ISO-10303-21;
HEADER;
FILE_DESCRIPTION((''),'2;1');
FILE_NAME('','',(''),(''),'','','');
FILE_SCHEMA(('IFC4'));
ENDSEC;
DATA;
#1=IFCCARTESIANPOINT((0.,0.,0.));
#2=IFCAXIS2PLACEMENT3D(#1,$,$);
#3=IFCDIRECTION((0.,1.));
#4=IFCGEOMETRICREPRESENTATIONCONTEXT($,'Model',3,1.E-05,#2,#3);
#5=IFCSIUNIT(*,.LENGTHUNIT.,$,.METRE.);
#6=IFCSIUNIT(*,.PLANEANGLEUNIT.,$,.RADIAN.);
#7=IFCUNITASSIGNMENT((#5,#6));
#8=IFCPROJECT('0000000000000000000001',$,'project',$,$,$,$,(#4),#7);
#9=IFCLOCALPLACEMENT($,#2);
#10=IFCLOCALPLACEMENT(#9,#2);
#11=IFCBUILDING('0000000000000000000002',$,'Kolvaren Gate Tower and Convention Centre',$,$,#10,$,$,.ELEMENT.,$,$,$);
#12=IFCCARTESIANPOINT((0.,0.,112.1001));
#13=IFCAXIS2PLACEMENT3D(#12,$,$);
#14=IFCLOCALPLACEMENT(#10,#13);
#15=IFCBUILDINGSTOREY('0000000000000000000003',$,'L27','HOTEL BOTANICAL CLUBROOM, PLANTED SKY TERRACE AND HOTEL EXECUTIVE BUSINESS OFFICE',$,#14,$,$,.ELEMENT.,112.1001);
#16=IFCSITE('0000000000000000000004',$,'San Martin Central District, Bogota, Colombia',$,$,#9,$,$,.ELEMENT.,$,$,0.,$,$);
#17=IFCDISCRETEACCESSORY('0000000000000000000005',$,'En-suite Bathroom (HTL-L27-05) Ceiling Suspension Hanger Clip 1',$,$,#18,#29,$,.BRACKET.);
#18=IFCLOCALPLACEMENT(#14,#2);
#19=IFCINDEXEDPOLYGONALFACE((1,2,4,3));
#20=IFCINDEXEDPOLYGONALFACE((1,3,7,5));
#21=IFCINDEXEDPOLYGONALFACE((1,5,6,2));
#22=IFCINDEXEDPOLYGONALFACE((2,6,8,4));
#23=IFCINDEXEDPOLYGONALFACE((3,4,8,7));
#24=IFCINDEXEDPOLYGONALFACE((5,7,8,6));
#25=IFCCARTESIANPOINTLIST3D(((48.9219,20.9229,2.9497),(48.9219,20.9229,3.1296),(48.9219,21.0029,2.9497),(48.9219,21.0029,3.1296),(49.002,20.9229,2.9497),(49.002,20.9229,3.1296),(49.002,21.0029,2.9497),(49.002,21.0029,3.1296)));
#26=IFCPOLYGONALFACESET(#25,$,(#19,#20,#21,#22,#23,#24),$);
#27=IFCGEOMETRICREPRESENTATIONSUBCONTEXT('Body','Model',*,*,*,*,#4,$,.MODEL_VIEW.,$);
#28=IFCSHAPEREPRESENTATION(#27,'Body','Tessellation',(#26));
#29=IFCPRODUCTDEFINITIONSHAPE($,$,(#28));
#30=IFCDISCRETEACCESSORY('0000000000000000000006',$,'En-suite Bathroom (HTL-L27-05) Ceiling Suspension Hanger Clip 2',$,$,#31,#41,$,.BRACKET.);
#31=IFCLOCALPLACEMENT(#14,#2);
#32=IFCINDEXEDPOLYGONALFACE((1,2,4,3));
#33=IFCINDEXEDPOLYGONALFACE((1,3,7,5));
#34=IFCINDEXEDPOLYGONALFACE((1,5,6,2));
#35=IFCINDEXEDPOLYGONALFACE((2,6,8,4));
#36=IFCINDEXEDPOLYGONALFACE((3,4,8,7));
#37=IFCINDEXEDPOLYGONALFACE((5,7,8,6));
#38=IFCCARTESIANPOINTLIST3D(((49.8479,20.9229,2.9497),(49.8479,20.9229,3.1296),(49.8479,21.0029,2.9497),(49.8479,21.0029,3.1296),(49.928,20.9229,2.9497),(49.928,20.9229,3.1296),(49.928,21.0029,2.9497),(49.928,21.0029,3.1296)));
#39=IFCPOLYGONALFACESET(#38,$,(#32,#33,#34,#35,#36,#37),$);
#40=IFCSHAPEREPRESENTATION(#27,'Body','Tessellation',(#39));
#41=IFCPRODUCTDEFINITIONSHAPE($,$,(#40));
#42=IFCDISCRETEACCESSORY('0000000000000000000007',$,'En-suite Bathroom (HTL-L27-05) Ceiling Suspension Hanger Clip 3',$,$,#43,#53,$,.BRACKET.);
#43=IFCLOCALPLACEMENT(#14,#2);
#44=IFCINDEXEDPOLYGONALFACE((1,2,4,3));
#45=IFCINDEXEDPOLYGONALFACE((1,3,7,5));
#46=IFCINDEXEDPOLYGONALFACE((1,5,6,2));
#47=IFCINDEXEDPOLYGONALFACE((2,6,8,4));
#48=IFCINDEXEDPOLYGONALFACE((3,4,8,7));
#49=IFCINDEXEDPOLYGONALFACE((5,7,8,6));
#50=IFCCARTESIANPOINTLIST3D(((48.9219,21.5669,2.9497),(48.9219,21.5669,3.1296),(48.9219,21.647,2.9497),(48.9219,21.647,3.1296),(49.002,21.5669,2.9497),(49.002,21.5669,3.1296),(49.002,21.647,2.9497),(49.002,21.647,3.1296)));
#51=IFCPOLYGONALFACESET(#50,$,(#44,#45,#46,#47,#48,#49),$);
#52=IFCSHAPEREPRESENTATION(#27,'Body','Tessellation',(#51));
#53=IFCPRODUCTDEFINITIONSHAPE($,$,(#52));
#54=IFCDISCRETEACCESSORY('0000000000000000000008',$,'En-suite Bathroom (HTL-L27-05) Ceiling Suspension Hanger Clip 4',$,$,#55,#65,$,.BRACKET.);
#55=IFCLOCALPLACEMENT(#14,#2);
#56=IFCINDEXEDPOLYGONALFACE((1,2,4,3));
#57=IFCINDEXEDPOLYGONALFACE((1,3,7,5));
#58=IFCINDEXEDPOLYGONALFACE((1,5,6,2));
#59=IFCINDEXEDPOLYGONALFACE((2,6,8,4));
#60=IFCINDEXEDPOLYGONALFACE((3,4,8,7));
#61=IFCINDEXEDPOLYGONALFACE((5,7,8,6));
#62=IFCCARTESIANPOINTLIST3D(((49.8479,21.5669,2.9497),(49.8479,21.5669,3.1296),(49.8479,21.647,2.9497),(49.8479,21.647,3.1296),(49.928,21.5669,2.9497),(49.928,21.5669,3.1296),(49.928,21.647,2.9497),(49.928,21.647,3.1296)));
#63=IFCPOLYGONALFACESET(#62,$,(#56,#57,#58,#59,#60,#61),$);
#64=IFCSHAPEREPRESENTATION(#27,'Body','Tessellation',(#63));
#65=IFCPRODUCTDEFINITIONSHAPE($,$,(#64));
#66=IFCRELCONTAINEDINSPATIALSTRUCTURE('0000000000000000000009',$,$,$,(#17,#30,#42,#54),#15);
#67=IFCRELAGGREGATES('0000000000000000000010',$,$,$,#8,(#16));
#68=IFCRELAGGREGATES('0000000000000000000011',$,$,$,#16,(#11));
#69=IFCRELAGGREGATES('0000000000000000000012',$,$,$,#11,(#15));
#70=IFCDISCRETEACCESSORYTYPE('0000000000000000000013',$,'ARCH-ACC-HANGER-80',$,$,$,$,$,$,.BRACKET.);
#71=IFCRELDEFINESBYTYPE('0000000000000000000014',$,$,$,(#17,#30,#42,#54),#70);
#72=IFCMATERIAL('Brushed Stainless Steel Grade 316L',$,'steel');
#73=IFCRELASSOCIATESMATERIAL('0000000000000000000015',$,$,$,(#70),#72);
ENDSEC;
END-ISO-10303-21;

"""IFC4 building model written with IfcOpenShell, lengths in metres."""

from ifc_helpers import new_model, si_unit, direction, frame, origin, origin_2d, place, context, subcontext, project, spatial, rectangle, extrude, material, type_object, element, save


model = new_model("IFC4")

# Units and contexts
model_context = context("Model", 3, precision=1e-05, world=origin(), true_north=direction((0.0, 1.0)))
body_context = subcontext(model_context, "Body", "Model", "MODEL_VIEW")
ifc_project = project(units=[si_unit("LENGTHUNIT", "METRE"), si_unit("PLANEANGLEUNIT", "RADIAN")], contexts=[model_context])

# Site, building, storey
site_placement = place(None, origin())
site = spatial("IfcSite", under=ifc_project, at=site_placement, Name="San Martin Central District, Bogota, Colombia", CompositionType="ELEMENT", RefElevation=0.0)
building_placement = place(site_placement, origin())
building = spatial("IfcBuilding", under=site, at=building_placement, Name="Kolvaren Gate Tower and Convention Centre", CompositionType="ELEMENT")
storey_placement = place(building_placement, frame((0.0, 0.0, 112.1001)))
storey = spatial("IfcBuildingStorey", under=building, at=storey_placement, Name="L27", Description="HOTEL BOTANICAL CLUBROOM, PLANTED SKY TERRACE AND HOTEL EXECUTIVE BUSINESS OFFICE", CompositionType="ELEMENT", Elevation=112.1001)

# Shared definitions
ifc_material_1 = material(Name="Brushed Stainless Steel Grade 316L", Category="steel")

# Discrete accessories
discrete_accessory_type_1 = type_object("IfcDiscreteAccessoryType", Name="ARCH-ACC-HANGER-80", PredefinedType="BRACKET", material=ifc_material_1)
for number, where, z_axis, x_axis, name in (
    (1, (48.9619, 20.9629, 2.9497), (0.0, 0.0, 1.0), (1.0, 0.0, 0.0), "En-suite Bathroom (HTL-L27-05) Ceiling Suspension Hanger Clip 1"),
    (2, (49.8879, 20.9629, 2.9497), (0.0, 0.0, 1.0), (1.0, 0.0, 0.0), "En-suite Bathroom (HTL-L27-05) Ceiling Suspension Hanger Clip 2"),
    (3, (48.9619, 21.6069, 2.9497), (0.0, 0.0, 1.0), (1.0, 0.0, 0.0), "En-suite Bathroom (HTL-L27-05) Ceiling Suspension Hanger Clip 3"),
    (4, (49.8879, 21.6069, 2.9497), (0.0, 0.0, 1.0), (1.0, 0.0, 0.0), "En-suite Bathroom (HTL-L27-05) Ceiling Suspension Hanger Clip 4"),
):
    element("IfcDiscreteAccessory", number, at=place(storey_placement, frame(where, z_axis=z_axis, x_axis=x_axis)), inside=storey, type_object=discrete_accessory_type_1, Name=name, PredefinedType="BRACKET", context=body_context, shape_type="SweptSolid", body=[
        extrude(rectangle(XDim=0.0801, YDim=0.0801, at=origin_2d()), origin(), (0.0, 0.0, 1.0), 0.1799),
    ])

save(model, "model.ifc")
